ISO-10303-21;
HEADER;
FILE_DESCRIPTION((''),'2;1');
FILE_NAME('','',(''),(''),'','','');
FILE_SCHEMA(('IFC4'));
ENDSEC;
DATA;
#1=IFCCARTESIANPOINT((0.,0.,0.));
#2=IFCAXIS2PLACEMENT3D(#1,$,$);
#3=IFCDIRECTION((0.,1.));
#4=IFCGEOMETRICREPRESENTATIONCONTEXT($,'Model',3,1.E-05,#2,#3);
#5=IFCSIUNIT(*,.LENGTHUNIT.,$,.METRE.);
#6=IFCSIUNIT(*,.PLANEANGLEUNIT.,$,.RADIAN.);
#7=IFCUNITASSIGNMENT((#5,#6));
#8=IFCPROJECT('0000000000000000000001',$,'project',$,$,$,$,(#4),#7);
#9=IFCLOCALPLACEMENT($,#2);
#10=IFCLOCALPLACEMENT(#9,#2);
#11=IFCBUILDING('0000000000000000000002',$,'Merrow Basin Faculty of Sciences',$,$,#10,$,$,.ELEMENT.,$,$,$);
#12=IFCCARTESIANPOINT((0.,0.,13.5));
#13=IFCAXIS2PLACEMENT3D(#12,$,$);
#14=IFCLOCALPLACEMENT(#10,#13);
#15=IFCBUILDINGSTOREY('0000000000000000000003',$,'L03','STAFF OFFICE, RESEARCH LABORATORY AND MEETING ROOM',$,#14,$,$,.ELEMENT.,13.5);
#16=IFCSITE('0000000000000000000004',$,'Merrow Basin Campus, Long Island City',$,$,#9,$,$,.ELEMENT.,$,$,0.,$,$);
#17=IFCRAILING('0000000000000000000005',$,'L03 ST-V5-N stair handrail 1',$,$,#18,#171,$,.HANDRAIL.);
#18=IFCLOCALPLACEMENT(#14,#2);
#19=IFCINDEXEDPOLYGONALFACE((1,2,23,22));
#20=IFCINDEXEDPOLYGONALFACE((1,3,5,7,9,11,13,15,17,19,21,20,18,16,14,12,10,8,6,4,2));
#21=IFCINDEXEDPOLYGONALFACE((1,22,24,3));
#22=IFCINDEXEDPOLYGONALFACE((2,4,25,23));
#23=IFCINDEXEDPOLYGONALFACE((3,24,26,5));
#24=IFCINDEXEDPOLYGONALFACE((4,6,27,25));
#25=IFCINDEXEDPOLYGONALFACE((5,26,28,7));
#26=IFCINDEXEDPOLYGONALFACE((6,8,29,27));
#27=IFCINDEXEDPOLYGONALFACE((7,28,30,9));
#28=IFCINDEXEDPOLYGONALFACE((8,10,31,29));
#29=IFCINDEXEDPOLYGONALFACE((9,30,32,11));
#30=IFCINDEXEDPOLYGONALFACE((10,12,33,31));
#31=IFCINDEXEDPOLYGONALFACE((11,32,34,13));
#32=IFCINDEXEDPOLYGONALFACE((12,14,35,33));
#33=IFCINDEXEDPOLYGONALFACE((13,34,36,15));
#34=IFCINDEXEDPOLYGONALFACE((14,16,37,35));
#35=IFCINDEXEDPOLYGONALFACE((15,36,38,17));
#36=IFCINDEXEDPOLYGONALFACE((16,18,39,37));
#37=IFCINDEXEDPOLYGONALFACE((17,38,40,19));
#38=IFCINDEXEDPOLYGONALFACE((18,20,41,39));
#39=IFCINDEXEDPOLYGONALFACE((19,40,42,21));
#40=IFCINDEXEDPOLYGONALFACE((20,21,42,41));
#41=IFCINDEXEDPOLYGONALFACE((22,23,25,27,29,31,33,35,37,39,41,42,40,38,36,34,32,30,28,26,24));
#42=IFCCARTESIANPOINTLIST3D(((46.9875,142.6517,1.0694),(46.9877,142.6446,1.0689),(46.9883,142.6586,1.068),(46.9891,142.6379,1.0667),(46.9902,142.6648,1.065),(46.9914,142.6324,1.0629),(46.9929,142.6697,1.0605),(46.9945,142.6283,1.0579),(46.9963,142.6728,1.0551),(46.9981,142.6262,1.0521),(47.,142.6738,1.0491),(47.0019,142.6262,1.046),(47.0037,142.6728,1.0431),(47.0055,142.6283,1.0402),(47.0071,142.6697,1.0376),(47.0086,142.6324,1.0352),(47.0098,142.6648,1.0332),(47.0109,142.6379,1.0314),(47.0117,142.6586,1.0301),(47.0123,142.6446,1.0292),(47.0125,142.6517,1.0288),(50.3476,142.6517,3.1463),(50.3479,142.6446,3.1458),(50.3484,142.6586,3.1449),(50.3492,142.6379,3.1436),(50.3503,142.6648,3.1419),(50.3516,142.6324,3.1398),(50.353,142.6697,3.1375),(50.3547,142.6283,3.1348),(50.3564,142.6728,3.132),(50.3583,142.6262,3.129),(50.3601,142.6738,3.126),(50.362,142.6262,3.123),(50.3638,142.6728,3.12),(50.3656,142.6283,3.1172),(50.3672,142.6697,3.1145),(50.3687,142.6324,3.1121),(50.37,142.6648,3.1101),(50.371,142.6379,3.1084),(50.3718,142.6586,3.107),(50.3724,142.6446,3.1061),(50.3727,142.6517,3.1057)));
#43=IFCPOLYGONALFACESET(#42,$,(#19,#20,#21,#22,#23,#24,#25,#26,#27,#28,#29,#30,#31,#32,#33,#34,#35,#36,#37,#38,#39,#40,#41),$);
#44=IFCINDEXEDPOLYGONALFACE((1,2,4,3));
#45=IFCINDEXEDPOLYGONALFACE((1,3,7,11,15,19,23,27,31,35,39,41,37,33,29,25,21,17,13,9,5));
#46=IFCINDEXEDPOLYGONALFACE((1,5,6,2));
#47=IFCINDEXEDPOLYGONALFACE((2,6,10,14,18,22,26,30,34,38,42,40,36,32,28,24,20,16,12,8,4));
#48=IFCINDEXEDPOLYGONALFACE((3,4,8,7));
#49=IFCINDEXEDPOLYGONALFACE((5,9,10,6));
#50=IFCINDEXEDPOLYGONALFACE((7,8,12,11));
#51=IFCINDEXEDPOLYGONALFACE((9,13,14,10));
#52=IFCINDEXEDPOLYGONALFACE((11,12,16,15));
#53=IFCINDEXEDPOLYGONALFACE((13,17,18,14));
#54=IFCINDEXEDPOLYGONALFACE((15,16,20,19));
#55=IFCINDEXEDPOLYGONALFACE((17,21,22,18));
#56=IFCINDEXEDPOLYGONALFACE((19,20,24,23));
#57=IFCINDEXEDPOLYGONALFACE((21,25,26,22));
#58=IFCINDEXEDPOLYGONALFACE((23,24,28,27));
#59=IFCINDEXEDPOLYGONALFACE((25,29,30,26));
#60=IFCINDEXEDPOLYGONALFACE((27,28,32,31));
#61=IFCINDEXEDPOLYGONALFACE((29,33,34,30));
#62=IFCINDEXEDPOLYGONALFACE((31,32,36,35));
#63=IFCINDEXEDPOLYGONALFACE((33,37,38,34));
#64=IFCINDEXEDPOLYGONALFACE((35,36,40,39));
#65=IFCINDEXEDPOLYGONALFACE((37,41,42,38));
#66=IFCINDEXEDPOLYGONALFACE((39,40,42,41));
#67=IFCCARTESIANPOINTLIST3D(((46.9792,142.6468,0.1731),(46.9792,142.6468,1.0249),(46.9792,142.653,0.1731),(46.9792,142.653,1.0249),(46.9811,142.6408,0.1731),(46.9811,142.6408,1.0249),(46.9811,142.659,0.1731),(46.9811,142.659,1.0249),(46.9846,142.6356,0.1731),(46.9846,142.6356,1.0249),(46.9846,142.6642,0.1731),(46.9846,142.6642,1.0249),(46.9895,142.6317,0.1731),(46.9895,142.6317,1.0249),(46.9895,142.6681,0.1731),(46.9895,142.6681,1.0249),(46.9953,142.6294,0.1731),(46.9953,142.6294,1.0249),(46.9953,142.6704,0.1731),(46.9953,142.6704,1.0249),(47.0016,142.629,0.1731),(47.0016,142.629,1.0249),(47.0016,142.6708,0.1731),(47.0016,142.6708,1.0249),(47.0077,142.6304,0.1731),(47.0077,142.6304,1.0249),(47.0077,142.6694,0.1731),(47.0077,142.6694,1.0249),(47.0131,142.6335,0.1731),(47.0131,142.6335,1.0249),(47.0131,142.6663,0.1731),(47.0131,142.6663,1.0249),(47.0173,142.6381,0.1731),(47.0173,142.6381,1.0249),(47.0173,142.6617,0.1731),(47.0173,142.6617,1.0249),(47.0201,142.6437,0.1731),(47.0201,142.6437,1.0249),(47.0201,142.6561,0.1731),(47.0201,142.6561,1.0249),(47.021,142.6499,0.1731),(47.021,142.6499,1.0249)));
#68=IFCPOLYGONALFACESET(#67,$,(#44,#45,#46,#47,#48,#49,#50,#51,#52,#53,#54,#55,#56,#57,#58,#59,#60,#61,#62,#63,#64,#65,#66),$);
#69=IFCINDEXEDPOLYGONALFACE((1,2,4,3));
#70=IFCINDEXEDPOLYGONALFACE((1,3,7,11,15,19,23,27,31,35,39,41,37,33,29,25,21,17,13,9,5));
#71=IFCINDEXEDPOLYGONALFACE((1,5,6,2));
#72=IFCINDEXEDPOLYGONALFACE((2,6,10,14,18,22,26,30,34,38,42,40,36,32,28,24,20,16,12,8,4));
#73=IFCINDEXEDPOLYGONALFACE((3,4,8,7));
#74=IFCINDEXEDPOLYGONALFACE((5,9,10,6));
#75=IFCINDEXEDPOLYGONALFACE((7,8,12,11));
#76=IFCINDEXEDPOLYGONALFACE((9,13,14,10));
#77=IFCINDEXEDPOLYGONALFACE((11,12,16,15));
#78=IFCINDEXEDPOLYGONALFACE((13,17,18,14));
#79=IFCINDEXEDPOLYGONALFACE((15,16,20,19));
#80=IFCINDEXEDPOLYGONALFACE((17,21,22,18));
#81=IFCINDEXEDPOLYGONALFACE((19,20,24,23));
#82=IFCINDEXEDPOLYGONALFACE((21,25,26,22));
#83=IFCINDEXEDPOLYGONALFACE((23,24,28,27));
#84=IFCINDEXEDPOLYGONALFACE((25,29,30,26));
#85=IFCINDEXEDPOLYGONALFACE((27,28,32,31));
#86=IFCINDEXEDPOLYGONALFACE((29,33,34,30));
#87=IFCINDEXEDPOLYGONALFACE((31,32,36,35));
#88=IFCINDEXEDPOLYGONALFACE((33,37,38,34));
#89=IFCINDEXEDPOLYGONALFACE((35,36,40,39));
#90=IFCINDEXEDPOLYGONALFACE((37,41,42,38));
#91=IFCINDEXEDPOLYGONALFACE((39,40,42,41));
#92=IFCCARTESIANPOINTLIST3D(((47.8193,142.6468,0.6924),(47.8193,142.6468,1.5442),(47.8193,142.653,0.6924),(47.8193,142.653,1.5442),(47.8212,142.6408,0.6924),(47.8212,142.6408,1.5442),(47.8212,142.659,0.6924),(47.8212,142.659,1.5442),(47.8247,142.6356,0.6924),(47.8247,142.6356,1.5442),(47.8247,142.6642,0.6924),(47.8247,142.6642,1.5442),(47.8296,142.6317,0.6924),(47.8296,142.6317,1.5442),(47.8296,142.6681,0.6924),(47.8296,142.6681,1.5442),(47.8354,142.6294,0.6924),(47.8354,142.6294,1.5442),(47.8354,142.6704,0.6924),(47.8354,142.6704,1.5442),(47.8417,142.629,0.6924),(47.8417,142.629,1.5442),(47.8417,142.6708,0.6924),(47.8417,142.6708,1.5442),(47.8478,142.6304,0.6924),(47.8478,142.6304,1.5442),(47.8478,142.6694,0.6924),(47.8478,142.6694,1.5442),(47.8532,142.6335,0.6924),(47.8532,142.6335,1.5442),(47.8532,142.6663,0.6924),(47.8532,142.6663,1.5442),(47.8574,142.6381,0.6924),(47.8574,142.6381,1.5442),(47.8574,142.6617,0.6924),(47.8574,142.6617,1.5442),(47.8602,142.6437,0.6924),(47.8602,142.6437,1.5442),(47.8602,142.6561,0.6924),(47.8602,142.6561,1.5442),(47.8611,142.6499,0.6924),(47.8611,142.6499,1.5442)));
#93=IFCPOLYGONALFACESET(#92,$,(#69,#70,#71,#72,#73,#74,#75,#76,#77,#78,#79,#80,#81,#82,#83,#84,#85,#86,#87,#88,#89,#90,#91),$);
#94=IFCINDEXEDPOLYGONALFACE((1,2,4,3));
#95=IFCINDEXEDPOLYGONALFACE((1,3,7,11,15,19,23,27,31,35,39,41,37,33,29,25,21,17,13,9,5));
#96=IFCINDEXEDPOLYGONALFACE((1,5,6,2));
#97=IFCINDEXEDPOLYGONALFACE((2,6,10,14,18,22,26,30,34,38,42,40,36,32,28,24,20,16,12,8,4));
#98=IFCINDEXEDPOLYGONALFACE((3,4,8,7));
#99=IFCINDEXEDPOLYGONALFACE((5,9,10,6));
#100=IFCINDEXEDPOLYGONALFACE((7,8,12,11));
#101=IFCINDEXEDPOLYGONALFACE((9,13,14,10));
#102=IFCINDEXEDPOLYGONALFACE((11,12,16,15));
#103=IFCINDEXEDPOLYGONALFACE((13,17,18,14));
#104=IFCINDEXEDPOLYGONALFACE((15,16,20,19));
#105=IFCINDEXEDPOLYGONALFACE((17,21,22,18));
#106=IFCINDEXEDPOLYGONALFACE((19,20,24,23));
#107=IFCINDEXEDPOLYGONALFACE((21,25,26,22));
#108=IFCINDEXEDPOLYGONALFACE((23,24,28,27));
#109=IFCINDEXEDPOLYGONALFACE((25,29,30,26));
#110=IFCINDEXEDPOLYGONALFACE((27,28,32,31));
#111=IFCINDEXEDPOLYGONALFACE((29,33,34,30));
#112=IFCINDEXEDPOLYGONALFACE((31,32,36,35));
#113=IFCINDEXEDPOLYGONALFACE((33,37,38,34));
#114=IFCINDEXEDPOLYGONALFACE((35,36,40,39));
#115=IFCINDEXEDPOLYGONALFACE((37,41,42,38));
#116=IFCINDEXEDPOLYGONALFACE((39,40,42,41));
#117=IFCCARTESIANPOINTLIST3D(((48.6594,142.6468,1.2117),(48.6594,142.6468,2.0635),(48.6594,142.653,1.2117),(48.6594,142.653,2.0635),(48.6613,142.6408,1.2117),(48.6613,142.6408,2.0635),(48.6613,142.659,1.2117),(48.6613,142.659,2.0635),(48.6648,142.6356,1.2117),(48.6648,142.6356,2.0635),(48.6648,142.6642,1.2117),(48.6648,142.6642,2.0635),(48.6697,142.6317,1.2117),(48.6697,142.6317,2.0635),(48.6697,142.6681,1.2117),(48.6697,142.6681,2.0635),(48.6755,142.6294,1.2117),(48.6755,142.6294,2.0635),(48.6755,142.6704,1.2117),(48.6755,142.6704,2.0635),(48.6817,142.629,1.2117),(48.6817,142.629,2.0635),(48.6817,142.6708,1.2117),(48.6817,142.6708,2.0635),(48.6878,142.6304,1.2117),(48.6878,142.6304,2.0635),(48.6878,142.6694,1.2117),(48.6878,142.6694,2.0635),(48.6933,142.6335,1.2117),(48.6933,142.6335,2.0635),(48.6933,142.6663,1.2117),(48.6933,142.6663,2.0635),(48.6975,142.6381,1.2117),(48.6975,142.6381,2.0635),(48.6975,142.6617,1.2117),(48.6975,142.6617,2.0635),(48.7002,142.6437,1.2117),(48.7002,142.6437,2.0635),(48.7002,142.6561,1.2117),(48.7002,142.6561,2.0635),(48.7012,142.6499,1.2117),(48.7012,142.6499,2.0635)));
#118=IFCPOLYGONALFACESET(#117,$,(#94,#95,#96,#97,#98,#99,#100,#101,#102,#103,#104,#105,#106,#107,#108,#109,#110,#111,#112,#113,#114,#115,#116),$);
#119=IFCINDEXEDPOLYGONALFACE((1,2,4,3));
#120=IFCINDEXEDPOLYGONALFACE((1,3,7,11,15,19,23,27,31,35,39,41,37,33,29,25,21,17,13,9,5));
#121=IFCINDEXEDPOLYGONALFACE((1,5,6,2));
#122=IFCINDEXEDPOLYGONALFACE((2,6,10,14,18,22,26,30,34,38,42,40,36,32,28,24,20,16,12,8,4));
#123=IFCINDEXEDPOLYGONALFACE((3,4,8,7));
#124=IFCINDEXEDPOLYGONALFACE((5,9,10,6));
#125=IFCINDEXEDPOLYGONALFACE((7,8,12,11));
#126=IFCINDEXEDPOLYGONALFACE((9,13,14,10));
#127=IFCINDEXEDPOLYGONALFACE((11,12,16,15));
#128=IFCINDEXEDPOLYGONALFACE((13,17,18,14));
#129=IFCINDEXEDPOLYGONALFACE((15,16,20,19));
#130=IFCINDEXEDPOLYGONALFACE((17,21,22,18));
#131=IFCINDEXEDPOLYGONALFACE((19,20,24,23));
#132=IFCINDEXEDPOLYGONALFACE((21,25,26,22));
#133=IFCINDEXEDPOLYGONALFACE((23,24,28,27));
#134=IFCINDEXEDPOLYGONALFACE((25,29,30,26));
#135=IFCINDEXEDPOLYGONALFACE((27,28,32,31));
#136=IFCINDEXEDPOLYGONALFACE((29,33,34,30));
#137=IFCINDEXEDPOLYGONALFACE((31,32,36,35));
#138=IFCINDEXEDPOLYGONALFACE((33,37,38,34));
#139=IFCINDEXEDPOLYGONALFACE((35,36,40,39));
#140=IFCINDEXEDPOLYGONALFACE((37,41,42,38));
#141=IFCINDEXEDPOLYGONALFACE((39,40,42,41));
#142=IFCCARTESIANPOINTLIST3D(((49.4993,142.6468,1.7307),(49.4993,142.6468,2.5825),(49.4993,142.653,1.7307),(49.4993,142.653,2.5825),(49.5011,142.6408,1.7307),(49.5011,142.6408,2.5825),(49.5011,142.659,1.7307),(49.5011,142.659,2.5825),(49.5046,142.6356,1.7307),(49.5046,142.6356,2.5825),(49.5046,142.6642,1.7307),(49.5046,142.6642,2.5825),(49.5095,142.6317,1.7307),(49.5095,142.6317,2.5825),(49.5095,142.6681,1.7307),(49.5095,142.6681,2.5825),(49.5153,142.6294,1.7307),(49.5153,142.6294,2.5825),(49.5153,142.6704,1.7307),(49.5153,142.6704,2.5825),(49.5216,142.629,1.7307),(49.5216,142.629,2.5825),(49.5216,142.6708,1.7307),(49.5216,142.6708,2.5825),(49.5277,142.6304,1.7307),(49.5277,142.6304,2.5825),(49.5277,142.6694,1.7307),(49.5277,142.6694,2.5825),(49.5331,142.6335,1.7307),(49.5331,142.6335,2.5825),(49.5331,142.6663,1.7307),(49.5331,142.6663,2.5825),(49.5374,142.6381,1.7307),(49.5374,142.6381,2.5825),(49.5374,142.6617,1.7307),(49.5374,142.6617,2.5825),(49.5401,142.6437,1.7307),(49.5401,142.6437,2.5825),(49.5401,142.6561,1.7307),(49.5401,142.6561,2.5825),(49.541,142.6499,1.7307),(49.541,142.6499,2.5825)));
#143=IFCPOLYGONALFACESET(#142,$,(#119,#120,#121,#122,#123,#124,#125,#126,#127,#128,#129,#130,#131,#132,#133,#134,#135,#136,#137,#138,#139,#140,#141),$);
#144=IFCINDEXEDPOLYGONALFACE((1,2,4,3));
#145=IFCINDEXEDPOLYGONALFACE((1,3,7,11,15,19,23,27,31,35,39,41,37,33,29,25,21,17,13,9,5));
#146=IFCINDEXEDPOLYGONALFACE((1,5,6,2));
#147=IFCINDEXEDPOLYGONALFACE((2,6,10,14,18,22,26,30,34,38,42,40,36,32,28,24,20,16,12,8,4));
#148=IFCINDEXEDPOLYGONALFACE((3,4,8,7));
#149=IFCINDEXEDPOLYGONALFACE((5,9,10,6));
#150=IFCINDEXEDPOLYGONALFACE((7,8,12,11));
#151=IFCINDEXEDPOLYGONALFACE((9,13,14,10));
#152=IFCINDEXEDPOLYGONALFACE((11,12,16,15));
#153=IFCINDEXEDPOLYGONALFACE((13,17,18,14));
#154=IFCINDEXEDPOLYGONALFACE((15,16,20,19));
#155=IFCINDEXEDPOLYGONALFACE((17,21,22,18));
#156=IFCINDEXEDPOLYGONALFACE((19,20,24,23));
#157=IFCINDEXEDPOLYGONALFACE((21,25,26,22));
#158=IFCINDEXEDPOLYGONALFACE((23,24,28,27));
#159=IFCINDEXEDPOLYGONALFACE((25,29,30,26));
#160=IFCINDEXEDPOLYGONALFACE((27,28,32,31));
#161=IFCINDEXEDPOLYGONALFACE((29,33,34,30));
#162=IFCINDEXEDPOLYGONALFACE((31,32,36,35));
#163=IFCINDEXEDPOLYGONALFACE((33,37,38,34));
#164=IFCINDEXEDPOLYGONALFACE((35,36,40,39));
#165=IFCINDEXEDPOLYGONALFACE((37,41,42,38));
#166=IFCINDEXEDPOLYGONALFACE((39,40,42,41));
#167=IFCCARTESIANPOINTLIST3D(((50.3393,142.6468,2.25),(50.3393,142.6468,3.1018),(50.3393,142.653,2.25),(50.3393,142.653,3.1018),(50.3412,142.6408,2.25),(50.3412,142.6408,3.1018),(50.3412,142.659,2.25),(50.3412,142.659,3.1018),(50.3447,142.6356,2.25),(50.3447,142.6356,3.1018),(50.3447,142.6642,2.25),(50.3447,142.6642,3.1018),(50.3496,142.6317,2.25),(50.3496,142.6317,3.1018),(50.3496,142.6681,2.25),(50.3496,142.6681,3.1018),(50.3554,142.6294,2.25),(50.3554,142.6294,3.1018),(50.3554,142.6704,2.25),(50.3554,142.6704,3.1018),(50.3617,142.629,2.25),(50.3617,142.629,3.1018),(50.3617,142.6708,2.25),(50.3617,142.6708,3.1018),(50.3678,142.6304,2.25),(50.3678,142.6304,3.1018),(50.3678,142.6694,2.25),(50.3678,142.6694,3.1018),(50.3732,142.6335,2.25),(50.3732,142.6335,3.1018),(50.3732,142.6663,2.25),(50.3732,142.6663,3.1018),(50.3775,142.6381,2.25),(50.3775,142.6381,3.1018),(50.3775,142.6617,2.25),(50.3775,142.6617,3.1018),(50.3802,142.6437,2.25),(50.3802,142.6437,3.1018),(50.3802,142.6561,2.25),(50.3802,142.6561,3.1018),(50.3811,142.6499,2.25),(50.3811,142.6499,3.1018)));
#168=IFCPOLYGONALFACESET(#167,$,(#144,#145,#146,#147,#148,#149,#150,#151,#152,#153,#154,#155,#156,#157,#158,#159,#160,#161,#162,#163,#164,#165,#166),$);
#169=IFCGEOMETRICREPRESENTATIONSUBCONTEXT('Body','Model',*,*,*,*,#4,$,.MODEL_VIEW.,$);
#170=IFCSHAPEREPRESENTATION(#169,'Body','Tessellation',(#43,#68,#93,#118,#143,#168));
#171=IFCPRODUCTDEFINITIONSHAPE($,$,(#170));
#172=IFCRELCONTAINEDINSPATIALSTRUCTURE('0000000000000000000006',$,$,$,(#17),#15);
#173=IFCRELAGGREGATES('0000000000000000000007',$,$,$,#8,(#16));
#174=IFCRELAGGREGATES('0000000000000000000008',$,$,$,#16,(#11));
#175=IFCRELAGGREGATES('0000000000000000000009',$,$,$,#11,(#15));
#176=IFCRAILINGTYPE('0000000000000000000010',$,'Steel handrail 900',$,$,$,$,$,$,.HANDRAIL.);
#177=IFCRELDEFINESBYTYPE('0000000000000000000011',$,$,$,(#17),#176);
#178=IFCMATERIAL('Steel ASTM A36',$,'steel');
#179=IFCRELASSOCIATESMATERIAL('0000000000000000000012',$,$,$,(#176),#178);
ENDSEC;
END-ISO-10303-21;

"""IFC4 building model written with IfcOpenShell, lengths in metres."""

from ifc_helpers import new_model, si_unit, direction, frame, origin, origin_2d, place, context, subcontext, project, spatial, circle, extrude, material, type_object, element, save


model = new_model("IFC4")

# Units and contexts
model_context = context("Model", 3, precision=1e-05, world=origin(), true_north=direction((0.0, 1.0)))
body_context = subcontext(model_context, "Body", "Model", "MODEL_VIEW")
ifc_project = project(units=[si_unit("LENGTHUNIT", "METRE"), si_unit("PLANEANGLEUNIT", "RADIAN")], contexts=[model_context])

# Site, building, storey
site_placement = place(None, origin())
site = spatial("IfcSite", under=ifc_project, at=site_placement, Name="Merrow Basin Campus, Long Island City", CompositionType="ELEMENT", RefElevation=0.0)
building_placement = place(site_placement, origin())
building = spatial("IfcBuilding", under=site, at=building_placement, Name="Merrow Basin Faculty of Sciences", CompositionType="ELEMENT")
storey_placement = place(building_placement, frame((0.0, 0.0, 13.5)))
storey = spatial("IfcBuildingStorey", under=building, at=storey_placement, Name="L03", Description="STAFF OFFICE, RESEARCH LABORATORY AND MEETING ROOM", CompositionType="ELEMENT", Elevation=13.5)

# Railing
ifc_material_1 = material(Name="Steel ASTM A36", Category="steel")
railing_type_1 = type_object("IfcRailingType", Name="Steel handrail 900", PredefinedType="HANDRAIL", material=ifc_material_1)
railing_1_placement = place(storey_placement, frame((47.0, 142.6499, 0.1731)))
element("IfcRailing", 1, at=railing_1_placement, inside=storey, type_object=railing_type_1, Name="L03 ST-V5-N stair handrail 1", PredefinedType="HANDRAIL", context=body_context, shape_type="SweptSolid", body=[
    extrude(circle(Radius=0.0239, at=origin_2d()), frame((0.0, 0.0, 0.876), z_axis=(0.850623, 0.0, 0.525776), x_axis=(0.0, 1.0, 0.0)), (0.0, 0.0, 1.0), 3.9502),
    extrude(circle(Radius=0.021, at=origin_2d()), origin(), (0.0, 0.0, 1.0), 0.8518),
    extrude(circle(Radius=0.021, at=origin_2d()), frame((0.8401, 0.0, 0.5193)), (0.0, 0.0, 1.0), 0.8518),
    extrude(circle(Radius=0.021, at=origin_2d()), frame((1.6802, 0.0, 1.0386)), (0.0, 0.0, 1.0), 0.8518),
    extrude(circle(Radius=0.021, at=origin_2d()), frame((2.52, 0.0, 1.5576)), (0.0, 0.0, 1.0), 0.8518),
    extrude(circle(Radius=0.021, at=origin_2d()), frame((3.3601, 0.0, 2.0769)), (0.0, 0.0, 1.0), 0.8518),
])

save(model, "model.ifc")
